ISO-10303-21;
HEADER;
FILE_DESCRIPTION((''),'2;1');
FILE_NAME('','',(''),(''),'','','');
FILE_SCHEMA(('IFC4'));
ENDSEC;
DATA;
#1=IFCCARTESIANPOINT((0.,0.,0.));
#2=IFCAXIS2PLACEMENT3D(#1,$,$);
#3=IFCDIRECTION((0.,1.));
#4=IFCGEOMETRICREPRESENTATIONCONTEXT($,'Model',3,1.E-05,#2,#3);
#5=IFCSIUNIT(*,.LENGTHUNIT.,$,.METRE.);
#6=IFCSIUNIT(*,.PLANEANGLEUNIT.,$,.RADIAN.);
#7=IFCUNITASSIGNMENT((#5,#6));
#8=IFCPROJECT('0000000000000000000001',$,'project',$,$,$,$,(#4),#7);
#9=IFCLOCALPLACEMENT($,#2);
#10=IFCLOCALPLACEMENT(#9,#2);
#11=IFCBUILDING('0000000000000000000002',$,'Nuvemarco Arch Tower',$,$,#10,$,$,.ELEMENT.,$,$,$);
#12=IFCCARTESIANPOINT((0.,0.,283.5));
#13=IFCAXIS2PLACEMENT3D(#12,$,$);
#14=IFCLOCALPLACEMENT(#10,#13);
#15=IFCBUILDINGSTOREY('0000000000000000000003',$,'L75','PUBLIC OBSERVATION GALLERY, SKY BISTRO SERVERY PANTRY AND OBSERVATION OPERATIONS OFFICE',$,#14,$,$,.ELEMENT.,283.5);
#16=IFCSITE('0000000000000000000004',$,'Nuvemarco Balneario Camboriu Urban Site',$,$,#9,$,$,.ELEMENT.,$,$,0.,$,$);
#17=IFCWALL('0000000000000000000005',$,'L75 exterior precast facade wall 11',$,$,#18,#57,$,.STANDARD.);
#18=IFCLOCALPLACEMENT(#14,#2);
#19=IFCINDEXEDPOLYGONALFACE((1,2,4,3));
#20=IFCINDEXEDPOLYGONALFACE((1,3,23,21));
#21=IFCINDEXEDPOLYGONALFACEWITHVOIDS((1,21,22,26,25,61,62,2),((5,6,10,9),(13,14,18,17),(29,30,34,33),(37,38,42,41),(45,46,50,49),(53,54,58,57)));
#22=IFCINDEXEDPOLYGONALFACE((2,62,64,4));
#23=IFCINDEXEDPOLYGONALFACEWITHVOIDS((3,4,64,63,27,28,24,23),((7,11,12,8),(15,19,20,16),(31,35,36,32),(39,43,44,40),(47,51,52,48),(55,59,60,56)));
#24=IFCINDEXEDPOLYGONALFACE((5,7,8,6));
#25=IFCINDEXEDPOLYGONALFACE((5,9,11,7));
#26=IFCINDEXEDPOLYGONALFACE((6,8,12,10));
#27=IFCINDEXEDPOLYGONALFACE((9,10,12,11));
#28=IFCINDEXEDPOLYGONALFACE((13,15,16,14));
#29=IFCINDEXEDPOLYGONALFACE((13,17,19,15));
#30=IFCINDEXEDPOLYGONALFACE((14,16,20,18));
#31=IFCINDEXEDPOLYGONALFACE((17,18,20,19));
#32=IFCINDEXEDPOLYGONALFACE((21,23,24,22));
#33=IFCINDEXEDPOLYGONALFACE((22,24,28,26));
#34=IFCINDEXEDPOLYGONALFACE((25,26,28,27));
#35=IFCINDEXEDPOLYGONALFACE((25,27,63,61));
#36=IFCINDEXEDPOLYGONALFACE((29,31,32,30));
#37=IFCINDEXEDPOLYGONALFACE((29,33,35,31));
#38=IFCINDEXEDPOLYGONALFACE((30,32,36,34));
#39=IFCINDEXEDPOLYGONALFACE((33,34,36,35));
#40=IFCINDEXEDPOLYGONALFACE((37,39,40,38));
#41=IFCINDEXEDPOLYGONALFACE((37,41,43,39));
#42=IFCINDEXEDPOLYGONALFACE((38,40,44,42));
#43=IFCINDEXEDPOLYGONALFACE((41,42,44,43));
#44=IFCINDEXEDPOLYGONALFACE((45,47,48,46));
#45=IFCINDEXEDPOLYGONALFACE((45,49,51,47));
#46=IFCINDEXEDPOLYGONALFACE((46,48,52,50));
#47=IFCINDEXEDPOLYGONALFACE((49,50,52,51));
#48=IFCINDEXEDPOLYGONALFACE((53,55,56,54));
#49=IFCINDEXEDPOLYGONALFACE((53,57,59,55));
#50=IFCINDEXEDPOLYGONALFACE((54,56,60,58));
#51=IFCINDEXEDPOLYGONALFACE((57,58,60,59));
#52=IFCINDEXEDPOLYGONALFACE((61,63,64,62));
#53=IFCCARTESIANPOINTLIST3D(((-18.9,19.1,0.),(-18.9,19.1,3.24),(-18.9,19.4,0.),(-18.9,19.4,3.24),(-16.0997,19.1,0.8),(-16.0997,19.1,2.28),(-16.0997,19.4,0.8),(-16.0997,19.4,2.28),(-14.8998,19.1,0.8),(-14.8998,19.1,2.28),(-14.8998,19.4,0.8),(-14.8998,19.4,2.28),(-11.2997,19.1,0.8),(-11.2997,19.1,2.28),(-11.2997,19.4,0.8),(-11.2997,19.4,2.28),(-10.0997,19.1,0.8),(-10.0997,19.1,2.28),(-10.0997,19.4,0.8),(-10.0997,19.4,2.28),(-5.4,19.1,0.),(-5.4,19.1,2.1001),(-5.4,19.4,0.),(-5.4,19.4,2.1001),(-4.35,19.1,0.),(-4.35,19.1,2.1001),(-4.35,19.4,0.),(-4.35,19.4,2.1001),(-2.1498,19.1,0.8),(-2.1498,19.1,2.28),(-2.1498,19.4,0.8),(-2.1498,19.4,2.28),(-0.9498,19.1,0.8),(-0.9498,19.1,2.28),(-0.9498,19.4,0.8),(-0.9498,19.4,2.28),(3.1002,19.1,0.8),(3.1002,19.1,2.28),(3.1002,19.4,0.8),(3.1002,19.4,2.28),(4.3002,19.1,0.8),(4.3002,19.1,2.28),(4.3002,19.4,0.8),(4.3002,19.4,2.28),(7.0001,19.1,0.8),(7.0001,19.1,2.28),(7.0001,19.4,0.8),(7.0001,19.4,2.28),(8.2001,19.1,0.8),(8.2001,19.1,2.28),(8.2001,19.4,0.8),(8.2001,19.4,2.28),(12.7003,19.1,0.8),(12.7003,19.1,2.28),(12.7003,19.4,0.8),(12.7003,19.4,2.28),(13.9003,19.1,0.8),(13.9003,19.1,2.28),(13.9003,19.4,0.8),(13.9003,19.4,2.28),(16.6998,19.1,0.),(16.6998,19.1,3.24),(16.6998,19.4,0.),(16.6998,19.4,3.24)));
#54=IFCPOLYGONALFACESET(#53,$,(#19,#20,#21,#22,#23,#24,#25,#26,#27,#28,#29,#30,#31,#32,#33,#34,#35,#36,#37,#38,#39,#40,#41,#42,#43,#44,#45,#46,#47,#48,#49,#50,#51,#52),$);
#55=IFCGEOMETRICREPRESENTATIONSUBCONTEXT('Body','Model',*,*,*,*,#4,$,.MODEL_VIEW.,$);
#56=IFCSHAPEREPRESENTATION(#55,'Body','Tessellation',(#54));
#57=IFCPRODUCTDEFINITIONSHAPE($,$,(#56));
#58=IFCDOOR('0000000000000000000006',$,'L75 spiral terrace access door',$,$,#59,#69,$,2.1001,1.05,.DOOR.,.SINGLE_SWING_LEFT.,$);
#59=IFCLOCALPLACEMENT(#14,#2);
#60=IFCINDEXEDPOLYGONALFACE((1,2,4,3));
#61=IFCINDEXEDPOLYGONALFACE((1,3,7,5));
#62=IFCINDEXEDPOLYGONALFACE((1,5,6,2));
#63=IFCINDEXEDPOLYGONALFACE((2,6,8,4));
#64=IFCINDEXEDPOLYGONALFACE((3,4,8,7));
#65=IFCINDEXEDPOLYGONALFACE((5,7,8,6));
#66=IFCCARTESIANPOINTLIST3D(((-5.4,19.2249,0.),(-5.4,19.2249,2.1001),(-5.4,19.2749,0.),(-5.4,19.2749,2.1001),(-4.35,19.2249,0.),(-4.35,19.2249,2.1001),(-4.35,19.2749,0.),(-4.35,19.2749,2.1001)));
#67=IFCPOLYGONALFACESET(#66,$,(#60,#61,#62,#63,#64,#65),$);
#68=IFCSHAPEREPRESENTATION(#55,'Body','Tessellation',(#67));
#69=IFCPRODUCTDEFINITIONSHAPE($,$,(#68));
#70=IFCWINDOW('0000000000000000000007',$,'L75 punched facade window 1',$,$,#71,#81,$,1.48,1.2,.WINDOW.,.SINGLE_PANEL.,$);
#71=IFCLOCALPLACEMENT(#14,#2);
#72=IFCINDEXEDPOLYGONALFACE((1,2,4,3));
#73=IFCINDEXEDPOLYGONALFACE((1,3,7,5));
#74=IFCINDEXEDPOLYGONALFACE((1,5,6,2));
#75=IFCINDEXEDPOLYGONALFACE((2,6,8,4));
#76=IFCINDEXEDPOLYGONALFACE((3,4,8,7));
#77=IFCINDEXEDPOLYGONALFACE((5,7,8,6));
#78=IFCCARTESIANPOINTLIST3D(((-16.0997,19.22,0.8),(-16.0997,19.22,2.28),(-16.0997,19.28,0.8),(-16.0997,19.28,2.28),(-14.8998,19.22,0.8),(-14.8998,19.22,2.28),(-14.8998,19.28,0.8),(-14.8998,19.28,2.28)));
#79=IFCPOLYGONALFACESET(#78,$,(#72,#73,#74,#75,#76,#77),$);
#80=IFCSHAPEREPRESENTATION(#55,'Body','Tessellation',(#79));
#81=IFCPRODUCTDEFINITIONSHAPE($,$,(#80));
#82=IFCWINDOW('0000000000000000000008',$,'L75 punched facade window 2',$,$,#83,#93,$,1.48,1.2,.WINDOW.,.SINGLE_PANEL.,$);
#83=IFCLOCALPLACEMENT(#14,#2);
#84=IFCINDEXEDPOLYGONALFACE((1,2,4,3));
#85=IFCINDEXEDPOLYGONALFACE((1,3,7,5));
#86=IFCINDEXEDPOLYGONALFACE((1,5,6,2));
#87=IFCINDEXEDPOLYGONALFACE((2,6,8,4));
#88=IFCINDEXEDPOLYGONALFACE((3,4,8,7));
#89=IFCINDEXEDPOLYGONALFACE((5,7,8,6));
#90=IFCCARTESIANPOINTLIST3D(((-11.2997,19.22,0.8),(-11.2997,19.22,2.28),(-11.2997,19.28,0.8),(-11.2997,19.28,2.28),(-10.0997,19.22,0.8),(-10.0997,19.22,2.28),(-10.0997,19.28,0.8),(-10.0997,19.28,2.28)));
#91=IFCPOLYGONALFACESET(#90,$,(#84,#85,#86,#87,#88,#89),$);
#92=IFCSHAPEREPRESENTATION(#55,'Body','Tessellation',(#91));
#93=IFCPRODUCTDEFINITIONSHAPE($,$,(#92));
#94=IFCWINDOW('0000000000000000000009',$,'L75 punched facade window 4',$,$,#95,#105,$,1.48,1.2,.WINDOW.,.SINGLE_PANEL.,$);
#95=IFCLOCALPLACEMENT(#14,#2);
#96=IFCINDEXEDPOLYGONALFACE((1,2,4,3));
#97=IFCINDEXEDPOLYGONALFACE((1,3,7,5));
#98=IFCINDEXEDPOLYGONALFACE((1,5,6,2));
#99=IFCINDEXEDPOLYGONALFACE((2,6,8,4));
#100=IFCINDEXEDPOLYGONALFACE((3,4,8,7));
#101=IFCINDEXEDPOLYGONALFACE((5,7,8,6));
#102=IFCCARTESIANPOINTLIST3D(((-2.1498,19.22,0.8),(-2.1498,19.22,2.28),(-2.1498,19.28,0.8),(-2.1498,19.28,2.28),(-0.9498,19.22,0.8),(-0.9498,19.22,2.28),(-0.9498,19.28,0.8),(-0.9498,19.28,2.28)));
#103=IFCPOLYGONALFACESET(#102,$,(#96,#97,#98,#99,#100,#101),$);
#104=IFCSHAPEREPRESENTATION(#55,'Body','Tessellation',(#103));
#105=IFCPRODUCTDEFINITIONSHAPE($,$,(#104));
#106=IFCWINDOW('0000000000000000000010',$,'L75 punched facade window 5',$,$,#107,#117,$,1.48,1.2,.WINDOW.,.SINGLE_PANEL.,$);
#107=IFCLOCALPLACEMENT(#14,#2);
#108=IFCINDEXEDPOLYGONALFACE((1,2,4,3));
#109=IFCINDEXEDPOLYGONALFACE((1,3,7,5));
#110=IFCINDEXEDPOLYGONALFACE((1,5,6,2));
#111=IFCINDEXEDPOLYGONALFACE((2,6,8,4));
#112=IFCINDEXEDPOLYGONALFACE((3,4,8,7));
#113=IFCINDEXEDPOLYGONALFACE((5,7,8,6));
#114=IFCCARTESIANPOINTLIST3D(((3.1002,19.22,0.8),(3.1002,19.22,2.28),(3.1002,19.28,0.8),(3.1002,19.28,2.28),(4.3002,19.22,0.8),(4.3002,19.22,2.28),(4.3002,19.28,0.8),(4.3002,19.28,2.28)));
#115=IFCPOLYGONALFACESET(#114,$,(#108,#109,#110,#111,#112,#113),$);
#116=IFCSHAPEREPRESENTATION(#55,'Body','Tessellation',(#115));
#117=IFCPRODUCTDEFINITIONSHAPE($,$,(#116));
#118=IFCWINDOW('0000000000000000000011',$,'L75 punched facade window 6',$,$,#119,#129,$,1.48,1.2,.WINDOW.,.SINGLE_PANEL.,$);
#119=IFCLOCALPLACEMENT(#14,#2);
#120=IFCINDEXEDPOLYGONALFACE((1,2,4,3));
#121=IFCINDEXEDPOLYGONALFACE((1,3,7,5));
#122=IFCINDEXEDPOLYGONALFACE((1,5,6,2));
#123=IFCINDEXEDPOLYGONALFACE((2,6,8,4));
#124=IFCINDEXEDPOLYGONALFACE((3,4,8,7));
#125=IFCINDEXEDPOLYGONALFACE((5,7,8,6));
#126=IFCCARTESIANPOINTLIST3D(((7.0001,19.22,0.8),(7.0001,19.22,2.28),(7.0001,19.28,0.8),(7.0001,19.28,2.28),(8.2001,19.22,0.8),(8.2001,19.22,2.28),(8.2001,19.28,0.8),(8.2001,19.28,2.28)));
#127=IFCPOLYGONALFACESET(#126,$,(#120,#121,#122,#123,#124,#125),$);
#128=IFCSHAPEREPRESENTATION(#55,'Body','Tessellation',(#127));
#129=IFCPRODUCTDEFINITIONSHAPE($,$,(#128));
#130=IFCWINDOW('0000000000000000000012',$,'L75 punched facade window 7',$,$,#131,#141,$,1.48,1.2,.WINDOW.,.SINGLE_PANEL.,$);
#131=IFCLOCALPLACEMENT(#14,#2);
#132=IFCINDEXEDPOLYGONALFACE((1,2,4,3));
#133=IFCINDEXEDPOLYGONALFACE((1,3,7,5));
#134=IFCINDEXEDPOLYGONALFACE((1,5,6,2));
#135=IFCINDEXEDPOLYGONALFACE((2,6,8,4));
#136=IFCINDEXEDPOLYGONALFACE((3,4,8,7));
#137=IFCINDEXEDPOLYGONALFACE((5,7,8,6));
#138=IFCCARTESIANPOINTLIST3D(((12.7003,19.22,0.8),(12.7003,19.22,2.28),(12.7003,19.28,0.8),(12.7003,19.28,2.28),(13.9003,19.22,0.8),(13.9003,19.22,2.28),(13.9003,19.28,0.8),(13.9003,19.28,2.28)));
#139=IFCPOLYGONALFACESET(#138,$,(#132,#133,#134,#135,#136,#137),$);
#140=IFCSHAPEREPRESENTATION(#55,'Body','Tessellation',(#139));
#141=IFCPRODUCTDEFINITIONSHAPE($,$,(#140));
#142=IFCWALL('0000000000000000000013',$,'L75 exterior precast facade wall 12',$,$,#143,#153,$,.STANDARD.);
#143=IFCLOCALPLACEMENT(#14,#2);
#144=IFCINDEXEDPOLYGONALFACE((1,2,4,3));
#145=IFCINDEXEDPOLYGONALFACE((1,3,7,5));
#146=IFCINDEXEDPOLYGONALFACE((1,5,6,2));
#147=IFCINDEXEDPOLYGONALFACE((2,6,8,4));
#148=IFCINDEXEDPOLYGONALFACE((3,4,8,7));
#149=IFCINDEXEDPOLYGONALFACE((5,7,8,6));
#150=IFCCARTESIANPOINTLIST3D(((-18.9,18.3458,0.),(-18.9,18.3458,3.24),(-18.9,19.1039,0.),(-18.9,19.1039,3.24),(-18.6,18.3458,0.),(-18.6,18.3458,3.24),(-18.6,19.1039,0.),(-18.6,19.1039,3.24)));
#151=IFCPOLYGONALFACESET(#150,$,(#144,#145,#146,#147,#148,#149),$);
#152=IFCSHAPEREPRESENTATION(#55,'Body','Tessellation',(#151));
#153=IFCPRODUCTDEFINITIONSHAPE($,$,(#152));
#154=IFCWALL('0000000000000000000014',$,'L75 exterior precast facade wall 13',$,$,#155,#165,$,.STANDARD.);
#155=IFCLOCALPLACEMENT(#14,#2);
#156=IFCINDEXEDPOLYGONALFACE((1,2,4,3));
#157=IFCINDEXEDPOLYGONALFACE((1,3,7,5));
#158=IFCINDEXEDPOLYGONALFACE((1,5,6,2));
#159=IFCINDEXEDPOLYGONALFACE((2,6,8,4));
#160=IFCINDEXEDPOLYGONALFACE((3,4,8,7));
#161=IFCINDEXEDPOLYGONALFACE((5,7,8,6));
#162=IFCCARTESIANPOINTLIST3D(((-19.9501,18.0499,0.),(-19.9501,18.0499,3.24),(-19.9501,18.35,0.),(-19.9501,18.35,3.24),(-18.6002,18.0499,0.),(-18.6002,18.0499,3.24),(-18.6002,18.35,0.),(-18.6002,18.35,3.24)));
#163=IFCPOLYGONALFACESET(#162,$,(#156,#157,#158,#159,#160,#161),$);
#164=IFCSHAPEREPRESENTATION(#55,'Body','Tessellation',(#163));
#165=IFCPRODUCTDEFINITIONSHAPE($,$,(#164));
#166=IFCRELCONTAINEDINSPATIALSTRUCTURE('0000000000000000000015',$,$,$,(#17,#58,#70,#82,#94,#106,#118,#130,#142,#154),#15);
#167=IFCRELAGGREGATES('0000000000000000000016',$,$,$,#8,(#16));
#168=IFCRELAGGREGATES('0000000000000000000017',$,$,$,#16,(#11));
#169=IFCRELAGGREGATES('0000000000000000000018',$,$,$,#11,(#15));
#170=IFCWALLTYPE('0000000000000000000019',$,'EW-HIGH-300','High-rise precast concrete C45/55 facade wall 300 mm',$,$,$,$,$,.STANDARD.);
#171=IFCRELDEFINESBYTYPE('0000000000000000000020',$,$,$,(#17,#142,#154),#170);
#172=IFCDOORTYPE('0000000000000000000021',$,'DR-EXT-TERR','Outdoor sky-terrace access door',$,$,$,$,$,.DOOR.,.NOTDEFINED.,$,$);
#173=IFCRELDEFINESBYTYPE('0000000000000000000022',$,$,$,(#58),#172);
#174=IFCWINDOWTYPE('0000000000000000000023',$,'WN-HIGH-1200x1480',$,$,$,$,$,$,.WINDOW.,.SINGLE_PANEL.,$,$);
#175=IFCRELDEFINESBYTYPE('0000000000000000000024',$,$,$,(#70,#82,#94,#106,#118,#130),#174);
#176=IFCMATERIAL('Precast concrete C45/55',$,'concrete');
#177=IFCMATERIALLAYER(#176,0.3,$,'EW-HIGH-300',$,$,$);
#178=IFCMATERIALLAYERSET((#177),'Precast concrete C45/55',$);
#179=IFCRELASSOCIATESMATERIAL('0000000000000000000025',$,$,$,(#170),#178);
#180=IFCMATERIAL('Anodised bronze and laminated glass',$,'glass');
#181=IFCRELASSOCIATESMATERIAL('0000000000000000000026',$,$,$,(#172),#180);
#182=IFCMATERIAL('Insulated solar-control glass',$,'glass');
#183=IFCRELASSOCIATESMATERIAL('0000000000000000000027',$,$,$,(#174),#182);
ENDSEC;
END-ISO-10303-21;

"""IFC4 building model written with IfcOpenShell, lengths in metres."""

from ifc_helpers import new_model, si_unit, direction, frame, frame_2d, origin, place, context, subcontext, project, spatial, rectangle, extrude, source, transform, mapped, material, layer, layer_set, type_object, type_shapes, element, fill, save


model = new_model("IFC4")

# Units and contexts
model_context = context("Model", 3, precision=1e-05, world=origin(), true_north=direction((0.0, 1.0)))
body_context = subcontext(model_context, "Body", "Model", "MODEL_VIEW")
ifc_project = project(units=[si_unit("LENGTHUNIT", "METRE"), si_unit("PLANEANGLEUNIT", "RADIAN")], contexts=[model_context])

# Site, building, storey
site_placement = place(None, origin())
site = spatial("IfcSite", under=ifc_project, at=site_placement, Name="Nuvemarco Balneario Camboriu Urban Site", CompositionType="ELEMENT", RefElevation=0.0)
building_placement = place(site_placement, origin())
building = spatial("IfcBuilding", under=site, at=building_placement, Name="Nuvemarco Arch Tower", CompositionType="ELEMENT")
storey_placement = place(building_placement, frame((0.0, 0.0, 283.5)))
storey = spatial("IfcBuildingStorey", under=building, at=storey_placement, Name="L75", Description="PUBLIC OBSERVATION GALLERY, SKY BISTRO SERVERY PANTRY AND OBSERVATION OPERATIONS OFFICE", CompositionType="ELEMENT", Elevation=283.5)

# Wall, openings, door, windows
ifc_material_1 = material(Name="Precast concrete C45/55", Category="concrete")
ifc_layer_1 = layer(ifc_material_1, 0.3, Name="EW-HIGH-300")
ifc_layer_set_1 = layer_set([ifc_layer_1], Name="Precast concrete C45/55")
wall_type_1 = type_object("IfcWallType", Name="EW-HIGH-300", Description="High-rise precast concrete C45/55 facade wall 300 mm", PredefinedType="STANDARD", material=ifc_layer_set_1)
wall_1_placement = place(storey_placement, frame((-18.8999, 19.25, 0.0), z_axis=(0.0, 0.0, 1.0), x_axis=(1.0, 0.0, 0.0)))
wall_1 = element("IfcWall", 1, at=wall_1_placement, inside=storey, type_object=wall_type_1, Name="L75 exterior precast facade wall 11", PredefinedType="STANDARD", context=body_context, shape_type="SweptSolid", body=[
    extrude(rectangle(XDim=35.5999, YDim=0.3, at=frame_2d((17.7998, 0.0))), origin(), (0.0, 0.0, 1.0), 3.24),
])
opening_1_placement = place(wall_1_placement, frame((13.5, 0.0, 0.0)))
opening_1 = element("IfcOpeningElement", 2, at=opening_1_placement, cuts=wall_1, PredefinedType="OPENING", context=body_context, shape_type="SweptSolid", body=[
    extrude(rectangle(XDim=1.05, YDim=2.1001, at=frame_2d((0.5249, 1.05))), frame((0.0, 0.1599, 0.0), z_axis=(0.0, -1.0, 0.0), x_axis=(1.0, 0.0, 0.0)), (0.0, 0.0, 1.0), 0.3201),
])
opening_2_placement = place(wall_1_placement, frame((2.8, 0.0, 0.8)))
opening_2 = element("IfcOpeningElement", 3, at=opening_2_placement, cuts=wall_1, PredefinedType="OPENING", context=body_context, shape_type="SweptSolid", body=[
    extrude(rectangle(XDim=1.2, YDim=1.48, at=frame_2d((0.6001, 0.74))), frame((0.0, 0.1599, 0.0), z_axis=(0.0, -1.0, 0.0), x_axis=(1.0, 0.0, 0.0)), (0.0, 0.0, 1.0), 0.3201),
])
opening_3_placement = place(wall_1_placement, frame((7.6001, 0.0, 0.8)))
opening_3 = element("IfcOpeningElement", 4, at=opening_3_placement, cuts=wall_1, PredefinedType="OPENING", context=body_context, shape_type="SweptSolid", body=[
    extrude(rectangle(XDim=1.2, YDim=1.48, at=frame_2d((0.6001, 0.74))), frame((0.0, 0.1599, 0.0), z_axis=(0.0, -1.0, 0.0), x_axis=(1.0, 0.0, 0.0)), (0.0, 0.0, 1.0), 0.3201),
])
opening_4_placement = place(wall_1_placement, frame((16.75, 0.0, 0.8)))
opening_4 = element("IfcOpeningElement", 5, at=opening_4_placement, cuts=wall_1, PredefinedType="OPENING", context=body_context, shape_type="SweptSolid", body=[
    extrude(rectangle(XDim=1.2, YDim=1.48, at=frame_2d((0.6001, 0.74))), frame((0.0, 0.1599, 0.0), z_axis=(0.0, -1.0, 0.0), x_axis=(1.0, 0.0, 0.0)), (0.0, 0.0, 1.0), 0.3201),
])
opening_5_placement = place(wall_1_placement, frame((22.0, 0.0, 0.8)))
opening_5 = element("IfcOpeningElement", 6, at=opening_5_placement, cuts=wall_1, PredefinedType="OPENING", context=body_context, shape_type="SweptSolid", body=[
    extrude(rectangle(XDim=1.2, YDim=1.48, at=frame_2d((0.6001, 0.74))), frame((0.0, 0.1599, 0.0), z_axis=(0.0, -1.0, 0.0), x_axis=(1.0, 0.0, 0.0)), (0.0, 0.0, 1.0), 0.3201),
])
opening_6_placement = place(wall_1_placement, frame((25.8999, 0.0, 0.8)))
opening_6 = element("IfcOpeningElement", 7, at=opening_6_placement, cuts=wall_1, PredefinedType="OPENING", context=body_context, shape_type="SweptSolid", body=[
    extrude(rectangle(XDim=1.2, YDim=1.48, at=frame_2d((0.6001, 0.74))), frame((0.0, 0.1599, 0.0), z_axis=(0.0, -1.0, 0.0), x_axis=(1.0, 0.0, 0.0)), (0.0, 0.0, 1.0), 0.3201),
])
opening_7_placement = place(wall_1_placement, frame((31.6001, 0.0, 0.8)))
opening_7 = element("IfcOpeningElement", 8, at=opening_7_placement, cuts=wall_1, PredefinedType="OPENING", context=body_context, shape_type="SweptSolid", body=[
    extrude(rectangle(XDim=1.2, YDim=1.48, at=frame_2d((0.6001, 0.74))), frame((0.0, 0.1599, 0.0), z_axis=(0.0, -1.0, 0.0), x_axis=(1.0, 0.0, 0.0)), (0.0, 0.0, 1.0), 0.3201),
])
ifc_material_2 = material(Name="Anodised bronze and laminated glass", Category="glass")
door_type_1 = type_object("IfcDoorType", Name="DR-EXT-TERR", Description="Outdoor sky-terrace access door", OperationType="NOTDEFINED", PredefinedType="DOOR", material=ifc_material_2)
shared_shape_1 = source(origin(), body_context, "Body", "SweptSolid", [
    extrude(rectangle(XDim=1.05, YDim=2.1001, at=frame_2d((0.5249, 1.05))), frame((0.0, 0.0249, 0.0), z_axis=(0.0, -1.0, 0.0), x_axis=(1.0, 0.0, 0.0)), (0.0, 0.0, 1.0), 0.05),
])
type_shapes(door_type_1, [shared_shape_1])
door_1_placement = place(opening_1_placement, origin())
door_1 = element("IfcDoor", 9, at=door_1_placement, inside=storey, type_object=door_type_1, Name="L75 spiral terrace access door", OperationType="SINGLE_SWING_LEFT", OverallHeight=2.1001, OverallWidth=1.05, PredefinedType="DOOR", context=body_context, shape_type="MappedRepresentation", body=[
    mapped(shared_shape_1, transform((0.0, 0.0, 0.0), scale=1.0)),
])
fill(opening_1, door_1)
ifc_material_3 = material(Name="Insulated solar-control glass", Category="glass")
window_type = type_object("IfcWindowType", Name="WN-HIGH-1200x1480", PartitioningType="SINGLE_PANEL", PredefinedType="WINDOW", material=ifc_material_3)
shared_shape_2 = source(origin(), body_context, "Body", "SweptSolid", [
    extrude(rectangle(XDim=1.2, YDim=1.48, at=frame_2d((0.6001, 0.74))), frame((0.0, 0.03, 0.0), z_axis=(0.0, -1.0, 0.0), x_axis=(1.0, 0.0, 0.0)), (0.0, 0.0, 1.0), 0.0601),
])
type_shapes(window_type, [shared_shape_2])
window_1_placement = place(opening_2_placement, origin())
window_1 = element("IfcWindow", 10, at=window_1_placement, inside=storey, type_object=window_type, Name="L75 punched facade window 1", OverallHeight=1.48, OverallWidth=1.2, PartitioningType="SINGLE_PANEL", PredefinedType="WINDOW", context=body_context, shape_type="MappedRepresentation", body=[
    mapped(shared_shape_2, transform((0.0, 0.0, 0.0), scale=1.0)),
])
fill(opening_2, window_1)
window_2_placement = place(opening_3_placement, origin())
window_2 = element("IfcWindow", 11, at=window_2_placement, inside=storey, type_object=window_type, Name="L75 punched facade window 2", OverallHeight=1.48, OverallWidth=1.2, PartitioningType="SINGLE_PANEL", PredefinedType="WINDOW", context=body_context, shape_type="MappedRepresentation", body=[
    mapped(shared_shape_2, transform((0.0, 0.0, 0.0), scale=1.0)),
])
fill(opening_3, window_2)
window_3_placement = place(opening_4_placement, origin())
window_3 = element("IfcWindow", 12, at=window_3_placement, inside=storey, type_object=window_type, Name="L75 punched facade window 4", OverallHeight=1.48, OverallWidth=1.2, PartitioningType="SINGLE_PANEL", PredefinedType="WINDOW", context=body_context, shape_type="MappedRepresentation", body=[
    mapped(shared_shape_2, transform((0.0, 0.0, 0.0), scale=1.0)),
])
fill(opening_4, window_3)
window_4_placement = place(opening_5_placement, origin())
window_4 = element("IfcWindow", 13, at=window_4_placement, inside=storey, type_object=window_type, Name="L75 punched facade window 5", OverallHeight=1.48, OverallWidth=1.2, PartitioningType="SINGLE_PANEL", PredefinedType="WINDOW", context=body_context, shape_type="MappedRepresentation", body=[
    mapped(shared_shape_2, transform((0.0, 0.0, 0.0), scale=1.0)),
])
fill(opening_5, window_4)
window_5_placement = place(opening_6_placement, origin())
window_5 = element("IfcWindow", 14, at=window_5_placement, inside=storey, type_object=window_type, Name="L75 punched facade window 6", OverallHeight=1.48, OverallWidth=1.2, PartitioningType="SINGLE_PANEL", PredefinedType="WINDOW", context=body_context, shape_type="MappedRepresentation", body=[
    mapped(shared_shape_2, transform((0.0, 0.0, 0.0), scale=1.0)),
])
fill(opening_6, window_5)
window_6_placement = place(opening_7_placement, origin())
window_6 = element("IfcWindow", 15, at=window_6_placement, inside=storey, type_object=window_type, Name="L75 punched facade window 7", OverallHeight=1.48, OverallWidth=1.2, PartitioningType="SINGLE_PANEL", PredefinedType="WINDOW", context=body_context, shape_type="MappedRepresentation", body=[
    mapped(shared_shape_2, transform((0.0, 0.0, 0.0), scale=1.0)),
])
fill(opening_7, window_6)

# Walls
wall_2_placement = place(storey_placement, frame((-18.75, 18.3459, 0.0), z_axis=(0.0, 0.0, 1.0), x_axis=(0.0, 1.0, 0.0)))
element("IfcWall", 16, at=wall_2_placement, inside=storey, type_object=wall_type_1, Name="L75 exterior precast facade wall 12", PredefinedType="STANDARD", context=body_context, shape_type="SweptSolid", body=[
    extrude(rectangle(XDim=0.7581, YDim=0.3, at=frame_2d((0.3789, 0.0))), origin(), (0.0, 0.0, 1.0), 3.24),
])
wall_3_placement = place(storey_placement, frame((-19.95, 18.2, 0.0), z_axis=(0.0, 0.0, 1.0), x_axis=(1.0, 0.0, 0.0)))
element("IfcWall", 17, at=wall_3_placement, inside=storey, type_object=wall_type_1, Name="L75 exterior precast facade wall 13", PredefinedType="STANDARD", context=body_context, shape_type="SweptSolid", body=[
    extrude(rectangle(XDim=1.3499, YDim=0.3, at=frame_2d((0.6748, 0.0))), origin(), (0.0, 0.0, 1.0), 3.24),
])

save(model, "model.ifc")
